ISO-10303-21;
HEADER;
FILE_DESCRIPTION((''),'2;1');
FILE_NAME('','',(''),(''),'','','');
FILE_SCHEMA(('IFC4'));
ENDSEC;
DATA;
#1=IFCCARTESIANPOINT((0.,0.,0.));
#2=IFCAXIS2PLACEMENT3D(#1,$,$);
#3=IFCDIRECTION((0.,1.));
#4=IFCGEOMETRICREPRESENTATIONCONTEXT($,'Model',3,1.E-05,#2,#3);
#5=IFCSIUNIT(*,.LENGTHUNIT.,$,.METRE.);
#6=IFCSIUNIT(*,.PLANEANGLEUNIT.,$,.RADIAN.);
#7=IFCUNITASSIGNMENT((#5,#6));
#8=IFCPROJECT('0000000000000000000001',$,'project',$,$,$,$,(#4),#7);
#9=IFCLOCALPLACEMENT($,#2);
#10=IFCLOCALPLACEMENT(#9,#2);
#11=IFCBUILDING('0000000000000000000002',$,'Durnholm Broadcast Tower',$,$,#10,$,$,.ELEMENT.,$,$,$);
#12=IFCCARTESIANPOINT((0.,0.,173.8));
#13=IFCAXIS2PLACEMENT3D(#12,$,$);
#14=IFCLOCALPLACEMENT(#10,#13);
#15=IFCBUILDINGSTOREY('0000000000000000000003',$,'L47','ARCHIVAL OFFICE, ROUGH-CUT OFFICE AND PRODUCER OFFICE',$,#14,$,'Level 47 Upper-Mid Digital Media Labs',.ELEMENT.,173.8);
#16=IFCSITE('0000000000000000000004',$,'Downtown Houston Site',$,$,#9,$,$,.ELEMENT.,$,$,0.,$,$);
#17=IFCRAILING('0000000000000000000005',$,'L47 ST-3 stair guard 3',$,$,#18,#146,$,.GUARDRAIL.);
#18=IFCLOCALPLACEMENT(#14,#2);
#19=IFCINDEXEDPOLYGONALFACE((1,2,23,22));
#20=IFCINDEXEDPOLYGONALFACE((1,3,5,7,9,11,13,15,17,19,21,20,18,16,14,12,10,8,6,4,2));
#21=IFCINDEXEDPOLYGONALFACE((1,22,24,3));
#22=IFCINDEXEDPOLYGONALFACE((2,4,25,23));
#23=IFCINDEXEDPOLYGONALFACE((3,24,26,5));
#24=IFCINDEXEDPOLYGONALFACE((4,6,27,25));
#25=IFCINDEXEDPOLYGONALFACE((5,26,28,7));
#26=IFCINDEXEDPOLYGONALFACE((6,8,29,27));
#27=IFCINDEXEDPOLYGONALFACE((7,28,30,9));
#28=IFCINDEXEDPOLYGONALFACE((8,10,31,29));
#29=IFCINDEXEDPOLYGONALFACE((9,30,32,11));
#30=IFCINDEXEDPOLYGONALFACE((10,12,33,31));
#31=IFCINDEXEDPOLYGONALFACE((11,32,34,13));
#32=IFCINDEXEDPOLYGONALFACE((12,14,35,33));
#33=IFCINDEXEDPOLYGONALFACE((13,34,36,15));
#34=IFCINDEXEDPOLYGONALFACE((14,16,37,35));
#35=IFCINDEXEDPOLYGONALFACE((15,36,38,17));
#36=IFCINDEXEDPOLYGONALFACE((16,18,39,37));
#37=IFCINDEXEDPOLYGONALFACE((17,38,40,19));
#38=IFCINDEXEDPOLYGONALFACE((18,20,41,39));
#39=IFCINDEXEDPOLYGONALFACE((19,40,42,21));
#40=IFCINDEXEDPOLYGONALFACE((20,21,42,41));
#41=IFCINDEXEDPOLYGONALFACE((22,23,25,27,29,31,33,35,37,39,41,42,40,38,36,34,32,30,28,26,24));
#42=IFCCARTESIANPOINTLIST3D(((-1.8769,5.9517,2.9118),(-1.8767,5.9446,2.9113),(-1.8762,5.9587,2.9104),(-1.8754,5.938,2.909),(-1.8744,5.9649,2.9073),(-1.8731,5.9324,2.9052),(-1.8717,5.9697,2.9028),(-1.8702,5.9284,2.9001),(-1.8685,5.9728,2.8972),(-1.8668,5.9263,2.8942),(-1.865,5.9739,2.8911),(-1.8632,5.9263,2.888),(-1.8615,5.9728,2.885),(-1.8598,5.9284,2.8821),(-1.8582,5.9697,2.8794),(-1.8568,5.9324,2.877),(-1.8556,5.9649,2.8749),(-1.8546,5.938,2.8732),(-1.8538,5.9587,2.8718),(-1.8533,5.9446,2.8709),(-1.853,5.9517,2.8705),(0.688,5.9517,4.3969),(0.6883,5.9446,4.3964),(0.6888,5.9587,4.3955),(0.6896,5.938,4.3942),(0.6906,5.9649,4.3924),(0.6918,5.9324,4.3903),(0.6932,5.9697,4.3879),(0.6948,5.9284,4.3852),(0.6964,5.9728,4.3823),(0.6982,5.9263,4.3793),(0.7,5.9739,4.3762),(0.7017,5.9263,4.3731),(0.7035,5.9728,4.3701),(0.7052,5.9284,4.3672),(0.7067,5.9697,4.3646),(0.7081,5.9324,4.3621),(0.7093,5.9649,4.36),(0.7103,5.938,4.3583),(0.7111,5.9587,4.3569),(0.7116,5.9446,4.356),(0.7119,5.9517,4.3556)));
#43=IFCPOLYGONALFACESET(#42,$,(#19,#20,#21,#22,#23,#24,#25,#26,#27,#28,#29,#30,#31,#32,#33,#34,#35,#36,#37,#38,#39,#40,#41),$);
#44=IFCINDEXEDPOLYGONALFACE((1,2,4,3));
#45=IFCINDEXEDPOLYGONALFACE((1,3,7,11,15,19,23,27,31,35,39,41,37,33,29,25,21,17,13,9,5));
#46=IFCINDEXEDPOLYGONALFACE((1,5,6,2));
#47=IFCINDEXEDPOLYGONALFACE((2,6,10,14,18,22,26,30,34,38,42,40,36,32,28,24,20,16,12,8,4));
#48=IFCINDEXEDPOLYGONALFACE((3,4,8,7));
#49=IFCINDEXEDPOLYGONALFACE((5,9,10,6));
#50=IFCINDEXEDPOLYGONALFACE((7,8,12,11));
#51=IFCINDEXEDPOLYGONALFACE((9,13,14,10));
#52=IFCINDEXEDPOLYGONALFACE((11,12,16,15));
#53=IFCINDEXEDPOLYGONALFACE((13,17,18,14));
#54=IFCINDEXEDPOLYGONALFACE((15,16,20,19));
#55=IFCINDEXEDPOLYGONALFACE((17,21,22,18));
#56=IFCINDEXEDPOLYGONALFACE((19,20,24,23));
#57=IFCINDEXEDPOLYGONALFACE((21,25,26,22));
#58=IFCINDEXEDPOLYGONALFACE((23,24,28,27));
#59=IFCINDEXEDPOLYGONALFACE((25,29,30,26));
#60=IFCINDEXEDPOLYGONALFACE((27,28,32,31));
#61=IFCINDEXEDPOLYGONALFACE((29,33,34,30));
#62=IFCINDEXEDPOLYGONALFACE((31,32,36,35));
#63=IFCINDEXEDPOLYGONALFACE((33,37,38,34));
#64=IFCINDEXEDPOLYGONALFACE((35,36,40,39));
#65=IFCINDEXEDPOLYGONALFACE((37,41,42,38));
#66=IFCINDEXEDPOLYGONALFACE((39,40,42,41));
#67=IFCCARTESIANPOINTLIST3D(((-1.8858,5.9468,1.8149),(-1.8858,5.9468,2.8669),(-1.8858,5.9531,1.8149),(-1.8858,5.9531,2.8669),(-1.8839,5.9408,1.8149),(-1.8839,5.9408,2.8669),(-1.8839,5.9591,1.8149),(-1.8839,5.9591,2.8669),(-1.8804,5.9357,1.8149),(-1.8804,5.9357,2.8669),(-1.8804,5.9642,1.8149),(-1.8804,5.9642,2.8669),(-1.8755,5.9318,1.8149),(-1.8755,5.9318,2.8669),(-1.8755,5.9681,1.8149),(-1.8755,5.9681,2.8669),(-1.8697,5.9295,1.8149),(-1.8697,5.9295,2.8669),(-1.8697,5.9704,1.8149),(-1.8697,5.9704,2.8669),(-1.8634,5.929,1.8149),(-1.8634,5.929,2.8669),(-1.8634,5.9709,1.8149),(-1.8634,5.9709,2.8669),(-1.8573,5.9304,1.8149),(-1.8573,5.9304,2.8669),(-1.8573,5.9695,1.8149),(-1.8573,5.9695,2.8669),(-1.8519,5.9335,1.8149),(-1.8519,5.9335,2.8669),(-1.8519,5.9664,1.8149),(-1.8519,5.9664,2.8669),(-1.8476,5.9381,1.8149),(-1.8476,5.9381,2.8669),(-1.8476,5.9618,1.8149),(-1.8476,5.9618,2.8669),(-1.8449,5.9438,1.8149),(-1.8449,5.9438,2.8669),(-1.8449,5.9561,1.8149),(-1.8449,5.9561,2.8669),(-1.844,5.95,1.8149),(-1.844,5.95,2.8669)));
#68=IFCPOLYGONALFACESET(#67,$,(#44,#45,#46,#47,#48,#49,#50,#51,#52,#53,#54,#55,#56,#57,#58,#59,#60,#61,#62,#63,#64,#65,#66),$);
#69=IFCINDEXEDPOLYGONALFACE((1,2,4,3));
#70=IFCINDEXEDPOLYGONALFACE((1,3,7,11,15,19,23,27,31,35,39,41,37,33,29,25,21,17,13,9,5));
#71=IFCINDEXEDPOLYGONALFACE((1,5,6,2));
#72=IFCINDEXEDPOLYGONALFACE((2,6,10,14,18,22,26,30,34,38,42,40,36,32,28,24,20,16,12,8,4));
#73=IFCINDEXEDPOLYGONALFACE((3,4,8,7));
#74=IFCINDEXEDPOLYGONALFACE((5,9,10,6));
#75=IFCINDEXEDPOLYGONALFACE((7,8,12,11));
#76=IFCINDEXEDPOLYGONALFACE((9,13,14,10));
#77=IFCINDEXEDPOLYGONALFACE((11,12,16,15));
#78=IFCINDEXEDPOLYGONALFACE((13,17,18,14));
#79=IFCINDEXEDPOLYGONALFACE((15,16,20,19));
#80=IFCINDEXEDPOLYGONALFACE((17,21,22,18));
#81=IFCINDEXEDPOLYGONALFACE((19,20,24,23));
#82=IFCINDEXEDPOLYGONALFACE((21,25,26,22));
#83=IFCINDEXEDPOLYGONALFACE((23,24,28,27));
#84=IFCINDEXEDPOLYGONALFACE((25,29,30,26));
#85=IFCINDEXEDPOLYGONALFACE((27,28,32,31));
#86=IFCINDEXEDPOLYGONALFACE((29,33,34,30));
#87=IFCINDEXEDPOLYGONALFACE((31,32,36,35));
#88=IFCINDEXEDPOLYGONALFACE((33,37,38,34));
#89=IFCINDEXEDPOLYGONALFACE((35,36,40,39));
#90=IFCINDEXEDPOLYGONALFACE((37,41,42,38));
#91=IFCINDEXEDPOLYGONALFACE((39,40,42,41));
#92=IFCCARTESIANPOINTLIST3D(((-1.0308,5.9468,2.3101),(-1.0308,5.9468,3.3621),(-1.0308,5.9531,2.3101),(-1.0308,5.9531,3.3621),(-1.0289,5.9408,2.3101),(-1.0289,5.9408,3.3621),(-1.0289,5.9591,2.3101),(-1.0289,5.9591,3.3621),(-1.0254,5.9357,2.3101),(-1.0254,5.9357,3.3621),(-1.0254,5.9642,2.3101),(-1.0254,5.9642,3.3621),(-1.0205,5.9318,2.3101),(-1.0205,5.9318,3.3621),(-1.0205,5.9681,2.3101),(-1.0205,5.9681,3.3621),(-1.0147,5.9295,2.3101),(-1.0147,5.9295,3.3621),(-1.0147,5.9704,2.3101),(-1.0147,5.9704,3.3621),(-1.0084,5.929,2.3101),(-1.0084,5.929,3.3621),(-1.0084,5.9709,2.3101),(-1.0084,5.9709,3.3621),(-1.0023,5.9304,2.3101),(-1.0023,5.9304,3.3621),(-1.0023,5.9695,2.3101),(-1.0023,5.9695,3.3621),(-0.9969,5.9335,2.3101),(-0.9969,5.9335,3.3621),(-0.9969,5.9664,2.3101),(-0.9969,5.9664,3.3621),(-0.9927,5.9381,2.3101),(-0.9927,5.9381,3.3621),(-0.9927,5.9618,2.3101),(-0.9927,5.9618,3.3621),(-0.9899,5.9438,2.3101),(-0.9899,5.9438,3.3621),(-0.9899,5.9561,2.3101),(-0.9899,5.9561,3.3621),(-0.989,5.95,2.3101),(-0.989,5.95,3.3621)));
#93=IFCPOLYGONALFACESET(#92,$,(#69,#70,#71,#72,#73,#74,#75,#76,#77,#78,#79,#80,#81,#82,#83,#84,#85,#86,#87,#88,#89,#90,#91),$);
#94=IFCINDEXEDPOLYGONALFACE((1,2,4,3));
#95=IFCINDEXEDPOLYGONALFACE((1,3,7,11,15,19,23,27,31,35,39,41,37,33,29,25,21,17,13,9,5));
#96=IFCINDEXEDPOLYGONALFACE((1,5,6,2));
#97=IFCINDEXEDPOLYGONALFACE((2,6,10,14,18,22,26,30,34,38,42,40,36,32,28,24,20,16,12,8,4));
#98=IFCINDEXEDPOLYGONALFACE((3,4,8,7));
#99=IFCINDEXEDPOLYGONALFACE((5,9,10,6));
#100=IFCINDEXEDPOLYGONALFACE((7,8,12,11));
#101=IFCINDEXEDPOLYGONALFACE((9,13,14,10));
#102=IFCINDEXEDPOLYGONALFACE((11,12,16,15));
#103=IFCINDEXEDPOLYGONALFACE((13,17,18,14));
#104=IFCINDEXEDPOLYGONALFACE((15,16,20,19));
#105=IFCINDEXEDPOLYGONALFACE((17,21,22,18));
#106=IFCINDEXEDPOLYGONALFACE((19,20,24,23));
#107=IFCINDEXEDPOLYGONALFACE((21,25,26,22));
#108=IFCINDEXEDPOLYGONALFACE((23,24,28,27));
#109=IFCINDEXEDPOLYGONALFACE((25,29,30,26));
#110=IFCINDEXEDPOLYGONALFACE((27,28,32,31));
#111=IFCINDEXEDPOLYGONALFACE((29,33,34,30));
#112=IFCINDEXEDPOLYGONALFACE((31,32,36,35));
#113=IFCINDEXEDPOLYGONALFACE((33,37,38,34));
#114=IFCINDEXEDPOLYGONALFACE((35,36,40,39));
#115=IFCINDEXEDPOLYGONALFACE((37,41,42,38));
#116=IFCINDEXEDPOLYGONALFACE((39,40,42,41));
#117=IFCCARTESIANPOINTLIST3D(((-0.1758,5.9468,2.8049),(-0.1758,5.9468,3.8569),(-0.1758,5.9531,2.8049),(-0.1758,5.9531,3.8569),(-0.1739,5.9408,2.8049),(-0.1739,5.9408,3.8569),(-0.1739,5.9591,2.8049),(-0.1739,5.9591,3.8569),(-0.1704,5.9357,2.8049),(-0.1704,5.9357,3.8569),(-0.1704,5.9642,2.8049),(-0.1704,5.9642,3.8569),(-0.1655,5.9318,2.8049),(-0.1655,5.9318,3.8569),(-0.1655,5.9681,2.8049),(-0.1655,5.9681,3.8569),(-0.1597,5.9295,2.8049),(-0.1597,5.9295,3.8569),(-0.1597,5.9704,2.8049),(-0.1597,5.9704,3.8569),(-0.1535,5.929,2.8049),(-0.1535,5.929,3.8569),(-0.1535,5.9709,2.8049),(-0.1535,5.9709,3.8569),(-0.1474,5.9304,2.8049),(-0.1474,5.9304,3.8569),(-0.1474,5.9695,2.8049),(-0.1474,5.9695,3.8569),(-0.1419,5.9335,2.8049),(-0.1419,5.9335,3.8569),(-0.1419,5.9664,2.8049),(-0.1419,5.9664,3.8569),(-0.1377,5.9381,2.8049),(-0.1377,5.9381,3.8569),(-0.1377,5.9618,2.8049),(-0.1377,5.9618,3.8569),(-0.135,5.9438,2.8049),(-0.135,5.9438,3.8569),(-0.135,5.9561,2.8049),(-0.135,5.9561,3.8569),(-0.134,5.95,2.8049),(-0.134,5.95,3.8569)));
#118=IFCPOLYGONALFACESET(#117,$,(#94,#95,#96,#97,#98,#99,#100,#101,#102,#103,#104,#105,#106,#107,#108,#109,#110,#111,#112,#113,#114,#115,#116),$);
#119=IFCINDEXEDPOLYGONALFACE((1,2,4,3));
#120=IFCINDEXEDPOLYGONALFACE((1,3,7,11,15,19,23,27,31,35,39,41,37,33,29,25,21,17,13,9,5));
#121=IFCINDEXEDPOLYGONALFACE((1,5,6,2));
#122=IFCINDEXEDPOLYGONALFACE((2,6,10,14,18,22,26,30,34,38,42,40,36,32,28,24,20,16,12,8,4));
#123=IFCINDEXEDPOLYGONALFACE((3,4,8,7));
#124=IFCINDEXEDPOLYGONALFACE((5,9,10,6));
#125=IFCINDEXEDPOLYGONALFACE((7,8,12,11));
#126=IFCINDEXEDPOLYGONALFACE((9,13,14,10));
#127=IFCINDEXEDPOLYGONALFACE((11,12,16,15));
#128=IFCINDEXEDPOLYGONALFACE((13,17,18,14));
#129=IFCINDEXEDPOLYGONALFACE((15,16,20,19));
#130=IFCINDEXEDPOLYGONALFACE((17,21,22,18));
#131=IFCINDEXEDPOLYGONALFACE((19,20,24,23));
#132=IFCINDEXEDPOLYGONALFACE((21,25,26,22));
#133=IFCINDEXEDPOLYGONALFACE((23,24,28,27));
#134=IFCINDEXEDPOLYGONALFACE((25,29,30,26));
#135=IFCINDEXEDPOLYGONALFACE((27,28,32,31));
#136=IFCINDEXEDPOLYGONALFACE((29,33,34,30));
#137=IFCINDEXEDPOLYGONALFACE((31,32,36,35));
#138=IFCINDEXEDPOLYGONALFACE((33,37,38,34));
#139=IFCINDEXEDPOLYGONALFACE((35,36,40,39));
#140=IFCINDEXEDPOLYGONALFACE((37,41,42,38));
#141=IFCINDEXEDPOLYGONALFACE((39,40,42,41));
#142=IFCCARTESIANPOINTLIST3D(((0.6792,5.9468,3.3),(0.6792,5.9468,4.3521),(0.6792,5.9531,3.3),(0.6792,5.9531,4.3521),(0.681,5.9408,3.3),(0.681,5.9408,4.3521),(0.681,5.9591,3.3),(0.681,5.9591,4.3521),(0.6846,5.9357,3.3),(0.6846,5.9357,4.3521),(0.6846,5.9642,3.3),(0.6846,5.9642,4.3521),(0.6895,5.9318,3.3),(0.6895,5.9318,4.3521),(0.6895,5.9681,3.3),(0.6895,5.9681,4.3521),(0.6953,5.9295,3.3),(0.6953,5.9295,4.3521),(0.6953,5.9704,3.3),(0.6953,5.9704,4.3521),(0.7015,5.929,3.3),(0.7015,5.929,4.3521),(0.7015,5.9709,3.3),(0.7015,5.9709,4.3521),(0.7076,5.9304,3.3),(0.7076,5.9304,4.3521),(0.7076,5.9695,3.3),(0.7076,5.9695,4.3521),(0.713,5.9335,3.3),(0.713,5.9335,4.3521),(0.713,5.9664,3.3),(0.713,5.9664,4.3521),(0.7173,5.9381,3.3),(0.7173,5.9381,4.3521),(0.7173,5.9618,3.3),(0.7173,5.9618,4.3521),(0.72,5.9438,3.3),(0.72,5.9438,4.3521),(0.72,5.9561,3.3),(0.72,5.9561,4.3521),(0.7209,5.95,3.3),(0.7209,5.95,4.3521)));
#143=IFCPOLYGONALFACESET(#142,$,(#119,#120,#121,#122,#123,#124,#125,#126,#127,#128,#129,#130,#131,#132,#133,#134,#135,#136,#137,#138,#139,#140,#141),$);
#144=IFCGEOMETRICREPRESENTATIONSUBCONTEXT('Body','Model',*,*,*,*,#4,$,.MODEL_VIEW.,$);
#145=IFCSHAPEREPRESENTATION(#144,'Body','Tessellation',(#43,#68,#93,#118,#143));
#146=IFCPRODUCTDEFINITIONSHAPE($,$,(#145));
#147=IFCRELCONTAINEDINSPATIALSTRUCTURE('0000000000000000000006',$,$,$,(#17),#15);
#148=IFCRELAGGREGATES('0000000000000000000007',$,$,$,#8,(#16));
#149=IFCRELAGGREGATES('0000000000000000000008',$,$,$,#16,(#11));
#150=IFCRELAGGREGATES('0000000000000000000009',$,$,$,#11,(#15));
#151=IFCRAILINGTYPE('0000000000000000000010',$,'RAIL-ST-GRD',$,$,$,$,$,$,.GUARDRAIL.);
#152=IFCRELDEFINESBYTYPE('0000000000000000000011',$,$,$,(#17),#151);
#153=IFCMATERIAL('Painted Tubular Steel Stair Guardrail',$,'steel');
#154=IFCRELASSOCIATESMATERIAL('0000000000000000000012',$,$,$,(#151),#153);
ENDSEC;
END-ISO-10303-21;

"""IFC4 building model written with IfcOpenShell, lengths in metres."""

from ifc_helpers import new_model, si_unit, direction, frame, origin, origin_2d, place, context, subcontext, project, spatial, circle, extrude, material, type_object, element, save


model = new_model("IFC4")

# Units and contexts
model_context = context("Model", 3, precision=1e-05, world=origin(), true_north=direction((0.0, 1.0)))
body_context = subcontext(model_context, "Body", "Model", "MODEL_VIEW")
ifc_project = project(units=[si_unit("LENGTHUNIT", "METRE"), si_unit("PLANEANGLEUNIT", "RADIAN")], contexts=[model_context])

# Site, building, storey
site_placement = place(None, origin())
site = spatial("IfcSite", under=ifc_project, at=site_placement, Name="Downtown Houston Site", CompositionType="ELEMENT", RefElevation=0.0)
building_placement = place(site_placement, origin())
building = spatial("IfcBuilding", under=site, at=building_placement, Name="Durnholm Broadcast Tower", CompositionType="ELEMENT")
storey_placement = place(building_placement, frame((0.0, 0.0, 173.8)))
storey = spatial("IfcBuildingStorey", under=building, at=storey_placement, Name="L47", Description="ARCHIVAL OFFICE, ROUGH-CUT OFFICE AND PRODUCER OFFICE", LongName="Level 47 Upper-Mid Digital Media Labs", CompositionType="ELEMENT", Elevation=173.8)

# Railing
ifc_material_1 = material(Name="Painted Tubular Steel Stair Guardrail", Category="steel")
railing_type_1 = type_object("IfcRailingType", Name="RAIL-ST-GRD", PredefinedType="GUARDRAIL", material=ifc_material_1)
railing_1_placement = place(storey_placement, frame((-1.865, 5.95, 1.8149)))
element("IfcRailing", 1, at=railing_1_placement, inside=storey, type_object=railing_type_1, Name="L47 ST-3 stair guard 3", PredefinedType="GUARDRAIL", context=body_context, shape_type="SweptSolid", body=[
    extrude(circle(Radius=0.0239, at=origin_2d()), frame((0.0, 0.0, 1.0762), z_axis=(0.865406, 0.0, 0.501072), x_axis=(0.0, 1.0, 0.0)), (0.0, 0.0, 1.0), 2.9639),
    extrude(circle(Radius=0.021, at=origin_2d()), origin(), (0.0, 0.0, 1.0), 1.052),
    extrude(circle(Radius=0.021, at=origin_2d()), frame((0.855, 0.0, 0.4951)), (0.0, 0.0, 1.0), 1.052),
    extrude(circle(Radius=0.021, at=origin_2d()), frame((1.71, 0.0, 0.99)), (0.0, 0.0, 1.0), 1.052),
    extrude(circle(Radius=0.021, at=origin_2d()), frame((2.5649, 0.0, 1.4851)), (0.0, 0.0, 1.0), 1.052),
])

save(model, "model.ifc")
